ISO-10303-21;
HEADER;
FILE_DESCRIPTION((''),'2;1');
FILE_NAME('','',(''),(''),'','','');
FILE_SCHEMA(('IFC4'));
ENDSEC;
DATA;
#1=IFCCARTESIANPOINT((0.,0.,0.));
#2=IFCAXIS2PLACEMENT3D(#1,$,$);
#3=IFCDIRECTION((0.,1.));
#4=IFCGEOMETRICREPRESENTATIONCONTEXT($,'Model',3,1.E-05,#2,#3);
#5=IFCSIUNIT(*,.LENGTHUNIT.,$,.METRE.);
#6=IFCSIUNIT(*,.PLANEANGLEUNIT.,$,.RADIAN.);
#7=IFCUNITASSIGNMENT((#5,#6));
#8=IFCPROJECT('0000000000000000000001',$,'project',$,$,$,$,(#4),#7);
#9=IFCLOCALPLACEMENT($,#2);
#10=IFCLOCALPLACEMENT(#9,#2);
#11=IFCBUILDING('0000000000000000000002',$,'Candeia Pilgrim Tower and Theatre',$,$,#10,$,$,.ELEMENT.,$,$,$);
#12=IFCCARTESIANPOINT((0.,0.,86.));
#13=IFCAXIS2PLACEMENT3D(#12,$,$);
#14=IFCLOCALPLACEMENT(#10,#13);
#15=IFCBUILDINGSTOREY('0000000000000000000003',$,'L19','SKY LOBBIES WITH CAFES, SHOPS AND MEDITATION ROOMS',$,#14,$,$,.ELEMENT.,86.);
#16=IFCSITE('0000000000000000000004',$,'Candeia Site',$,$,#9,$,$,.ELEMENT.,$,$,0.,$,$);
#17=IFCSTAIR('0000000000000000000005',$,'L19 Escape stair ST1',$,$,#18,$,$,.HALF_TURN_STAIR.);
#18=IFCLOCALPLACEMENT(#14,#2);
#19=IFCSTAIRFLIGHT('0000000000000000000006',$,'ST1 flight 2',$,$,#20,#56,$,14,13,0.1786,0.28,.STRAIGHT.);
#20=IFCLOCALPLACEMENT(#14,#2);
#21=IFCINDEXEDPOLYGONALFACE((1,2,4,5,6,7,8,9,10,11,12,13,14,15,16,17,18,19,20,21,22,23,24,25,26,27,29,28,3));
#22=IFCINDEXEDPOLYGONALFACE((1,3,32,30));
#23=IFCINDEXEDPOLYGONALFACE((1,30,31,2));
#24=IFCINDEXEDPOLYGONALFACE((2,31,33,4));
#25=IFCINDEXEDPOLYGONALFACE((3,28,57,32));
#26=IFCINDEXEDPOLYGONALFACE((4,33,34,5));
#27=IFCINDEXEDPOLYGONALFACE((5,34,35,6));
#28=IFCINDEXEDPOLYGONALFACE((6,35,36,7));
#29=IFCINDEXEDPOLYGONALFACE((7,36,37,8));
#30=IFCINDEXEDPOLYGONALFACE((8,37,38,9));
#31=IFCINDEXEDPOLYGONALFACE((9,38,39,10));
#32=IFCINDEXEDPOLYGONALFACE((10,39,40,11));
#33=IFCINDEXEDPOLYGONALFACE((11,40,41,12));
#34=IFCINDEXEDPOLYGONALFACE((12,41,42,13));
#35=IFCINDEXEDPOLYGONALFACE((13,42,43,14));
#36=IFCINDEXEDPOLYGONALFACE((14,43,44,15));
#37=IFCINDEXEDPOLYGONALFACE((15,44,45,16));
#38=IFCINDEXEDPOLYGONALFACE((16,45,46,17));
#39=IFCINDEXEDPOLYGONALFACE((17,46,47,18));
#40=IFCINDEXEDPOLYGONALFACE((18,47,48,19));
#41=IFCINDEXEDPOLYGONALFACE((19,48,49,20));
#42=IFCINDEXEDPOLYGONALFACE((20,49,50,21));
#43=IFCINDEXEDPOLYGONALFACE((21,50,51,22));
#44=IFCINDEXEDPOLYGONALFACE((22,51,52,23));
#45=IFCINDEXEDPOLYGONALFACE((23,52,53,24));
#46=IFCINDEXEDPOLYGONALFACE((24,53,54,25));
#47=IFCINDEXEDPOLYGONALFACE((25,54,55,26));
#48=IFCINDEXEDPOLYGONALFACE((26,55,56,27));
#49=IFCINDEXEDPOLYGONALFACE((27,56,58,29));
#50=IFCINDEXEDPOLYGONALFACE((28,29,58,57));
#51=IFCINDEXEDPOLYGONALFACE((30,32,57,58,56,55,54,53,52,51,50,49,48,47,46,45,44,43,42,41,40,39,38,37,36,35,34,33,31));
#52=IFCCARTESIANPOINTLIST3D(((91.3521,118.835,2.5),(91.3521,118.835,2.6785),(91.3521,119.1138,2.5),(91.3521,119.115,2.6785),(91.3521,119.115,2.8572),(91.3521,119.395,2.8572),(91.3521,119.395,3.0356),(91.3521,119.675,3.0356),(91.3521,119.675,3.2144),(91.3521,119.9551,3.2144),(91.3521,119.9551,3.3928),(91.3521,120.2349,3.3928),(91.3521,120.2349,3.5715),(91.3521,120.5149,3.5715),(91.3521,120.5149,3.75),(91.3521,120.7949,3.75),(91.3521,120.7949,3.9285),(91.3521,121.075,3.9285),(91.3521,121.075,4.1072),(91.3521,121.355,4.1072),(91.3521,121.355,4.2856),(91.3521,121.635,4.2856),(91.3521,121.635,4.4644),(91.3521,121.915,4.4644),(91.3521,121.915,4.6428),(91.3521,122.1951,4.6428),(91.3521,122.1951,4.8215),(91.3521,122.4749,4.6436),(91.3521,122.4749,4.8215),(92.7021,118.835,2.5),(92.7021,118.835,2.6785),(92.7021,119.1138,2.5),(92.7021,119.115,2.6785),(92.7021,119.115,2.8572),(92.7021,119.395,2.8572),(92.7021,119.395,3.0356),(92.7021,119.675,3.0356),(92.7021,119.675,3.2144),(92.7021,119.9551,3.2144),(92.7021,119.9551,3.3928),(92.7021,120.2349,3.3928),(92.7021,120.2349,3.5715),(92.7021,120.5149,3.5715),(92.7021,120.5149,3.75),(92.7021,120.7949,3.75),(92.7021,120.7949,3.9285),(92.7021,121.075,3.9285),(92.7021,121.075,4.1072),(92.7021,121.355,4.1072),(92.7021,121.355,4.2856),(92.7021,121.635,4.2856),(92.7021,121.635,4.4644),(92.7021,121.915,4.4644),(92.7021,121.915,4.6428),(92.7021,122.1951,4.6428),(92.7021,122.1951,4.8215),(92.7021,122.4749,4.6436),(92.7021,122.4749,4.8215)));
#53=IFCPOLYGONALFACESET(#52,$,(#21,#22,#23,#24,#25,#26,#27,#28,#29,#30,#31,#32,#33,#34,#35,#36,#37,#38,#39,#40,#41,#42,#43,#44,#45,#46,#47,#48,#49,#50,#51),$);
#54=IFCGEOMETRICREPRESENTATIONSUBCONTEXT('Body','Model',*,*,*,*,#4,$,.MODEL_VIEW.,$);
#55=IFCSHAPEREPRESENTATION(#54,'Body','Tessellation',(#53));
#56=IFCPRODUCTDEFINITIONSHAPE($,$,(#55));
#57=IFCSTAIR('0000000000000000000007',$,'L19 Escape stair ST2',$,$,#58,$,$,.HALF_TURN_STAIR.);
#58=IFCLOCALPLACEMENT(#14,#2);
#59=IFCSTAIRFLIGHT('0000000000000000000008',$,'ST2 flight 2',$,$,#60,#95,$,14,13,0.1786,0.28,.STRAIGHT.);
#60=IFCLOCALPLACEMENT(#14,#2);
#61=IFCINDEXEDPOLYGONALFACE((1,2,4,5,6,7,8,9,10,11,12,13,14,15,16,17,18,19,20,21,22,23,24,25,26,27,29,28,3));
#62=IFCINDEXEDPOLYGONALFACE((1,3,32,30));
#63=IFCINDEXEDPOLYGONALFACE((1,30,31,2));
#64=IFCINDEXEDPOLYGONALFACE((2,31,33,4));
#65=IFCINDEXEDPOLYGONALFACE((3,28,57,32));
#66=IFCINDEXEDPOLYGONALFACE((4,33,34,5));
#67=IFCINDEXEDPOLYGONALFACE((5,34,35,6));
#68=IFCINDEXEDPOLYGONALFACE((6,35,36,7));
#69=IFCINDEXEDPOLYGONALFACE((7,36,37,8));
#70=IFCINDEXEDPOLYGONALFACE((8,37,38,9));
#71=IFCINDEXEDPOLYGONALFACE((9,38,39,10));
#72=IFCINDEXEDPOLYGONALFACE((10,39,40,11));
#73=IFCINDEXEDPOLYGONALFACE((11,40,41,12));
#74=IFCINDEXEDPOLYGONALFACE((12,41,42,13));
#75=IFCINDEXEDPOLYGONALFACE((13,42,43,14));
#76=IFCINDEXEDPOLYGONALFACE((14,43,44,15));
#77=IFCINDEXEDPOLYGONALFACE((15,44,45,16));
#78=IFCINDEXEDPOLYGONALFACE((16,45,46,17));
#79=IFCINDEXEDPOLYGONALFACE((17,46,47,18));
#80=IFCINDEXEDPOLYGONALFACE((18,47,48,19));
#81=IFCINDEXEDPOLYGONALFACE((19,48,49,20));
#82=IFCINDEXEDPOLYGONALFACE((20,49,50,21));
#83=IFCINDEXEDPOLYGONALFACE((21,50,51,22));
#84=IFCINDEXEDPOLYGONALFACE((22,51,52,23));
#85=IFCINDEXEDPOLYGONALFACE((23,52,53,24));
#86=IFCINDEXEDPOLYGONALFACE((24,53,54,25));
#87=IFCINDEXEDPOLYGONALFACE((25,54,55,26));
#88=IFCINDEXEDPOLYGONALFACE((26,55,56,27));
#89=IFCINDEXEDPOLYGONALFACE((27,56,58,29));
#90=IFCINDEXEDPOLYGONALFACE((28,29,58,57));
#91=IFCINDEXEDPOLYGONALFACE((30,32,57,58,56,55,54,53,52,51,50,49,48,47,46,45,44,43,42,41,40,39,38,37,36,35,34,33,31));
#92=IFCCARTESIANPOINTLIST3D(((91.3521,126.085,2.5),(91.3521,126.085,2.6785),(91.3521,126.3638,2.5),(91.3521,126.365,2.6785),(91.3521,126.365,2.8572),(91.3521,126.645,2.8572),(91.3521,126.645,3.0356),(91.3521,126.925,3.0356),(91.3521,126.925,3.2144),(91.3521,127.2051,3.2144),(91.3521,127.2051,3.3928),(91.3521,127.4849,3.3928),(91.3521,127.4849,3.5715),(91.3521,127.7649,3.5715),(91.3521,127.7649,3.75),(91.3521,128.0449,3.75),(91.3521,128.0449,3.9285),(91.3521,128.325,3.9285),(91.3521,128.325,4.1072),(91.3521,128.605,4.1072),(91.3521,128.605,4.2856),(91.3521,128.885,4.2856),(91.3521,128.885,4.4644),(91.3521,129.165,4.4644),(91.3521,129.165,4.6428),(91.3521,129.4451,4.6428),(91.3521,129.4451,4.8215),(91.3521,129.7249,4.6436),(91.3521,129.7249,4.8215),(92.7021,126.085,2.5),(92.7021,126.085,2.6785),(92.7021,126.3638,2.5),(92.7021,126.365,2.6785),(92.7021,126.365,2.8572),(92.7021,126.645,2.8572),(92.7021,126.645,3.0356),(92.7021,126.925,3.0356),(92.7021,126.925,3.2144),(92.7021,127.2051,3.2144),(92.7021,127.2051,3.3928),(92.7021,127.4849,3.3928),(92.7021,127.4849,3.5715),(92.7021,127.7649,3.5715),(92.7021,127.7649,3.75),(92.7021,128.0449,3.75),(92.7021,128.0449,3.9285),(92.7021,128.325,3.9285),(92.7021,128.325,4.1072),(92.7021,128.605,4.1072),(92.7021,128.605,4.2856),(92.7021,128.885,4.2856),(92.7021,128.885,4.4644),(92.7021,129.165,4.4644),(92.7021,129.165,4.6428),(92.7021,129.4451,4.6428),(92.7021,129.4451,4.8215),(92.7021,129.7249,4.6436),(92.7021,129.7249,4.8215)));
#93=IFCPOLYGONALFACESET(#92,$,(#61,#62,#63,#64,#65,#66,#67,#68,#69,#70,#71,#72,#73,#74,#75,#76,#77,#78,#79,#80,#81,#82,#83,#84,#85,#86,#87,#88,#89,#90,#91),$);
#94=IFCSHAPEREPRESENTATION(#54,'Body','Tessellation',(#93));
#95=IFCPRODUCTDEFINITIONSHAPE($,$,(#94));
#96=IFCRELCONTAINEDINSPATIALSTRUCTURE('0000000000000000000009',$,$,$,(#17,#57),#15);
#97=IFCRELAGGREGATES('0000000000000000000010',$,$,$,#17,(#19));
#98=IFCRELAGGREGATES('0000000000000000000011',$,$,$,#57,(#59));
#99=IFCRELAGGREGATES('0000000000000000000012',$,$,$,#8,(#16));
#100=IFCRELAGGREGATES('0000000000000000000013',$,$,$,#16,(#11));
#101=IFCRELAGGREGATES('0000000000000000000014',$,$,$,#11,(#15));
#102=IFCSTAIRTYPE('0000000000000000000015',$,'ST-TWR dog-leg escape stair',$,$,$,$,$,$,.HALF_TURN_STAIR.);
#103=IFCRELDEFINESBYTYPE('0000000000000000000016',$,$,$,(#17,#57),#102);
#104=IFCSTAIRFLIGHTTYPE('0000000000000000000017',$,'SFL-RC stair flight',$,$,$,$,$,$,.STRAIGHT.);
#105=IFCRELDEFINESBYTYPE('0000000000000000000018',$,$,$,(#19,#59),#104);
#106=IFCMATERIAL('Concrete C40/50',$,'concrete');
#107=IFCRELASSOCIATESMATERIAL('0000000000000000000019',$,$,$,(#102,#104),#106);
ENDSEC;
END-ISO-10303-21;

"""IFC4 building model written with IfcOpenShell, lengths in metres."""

from ifc_helpers import new_model, si_unit, direction, frame, origin, place, context, subcontext, project, spatial, polyline, outline, extrude, material, type_object, element, aggregate, save


model = new_model("IFC4")

# Units and contexts
model_context = context("Model", 3, precision=1e-05, world=origin(), true_north=direction((0.0, 1.0)))
body_context = subcontext(model_context, "Body", "Model", "MODEL_VIEW")
ifc_project = project(units=[si_unit("LENGTHUNIT", "METRE"), si_unit("PLANEANGLEUNIT", "RADIAN")], contexts=[model_context])

# Site, building, storey
site_placement = place(None, origin())
site = spatial("IfcSite", under=ifc_project, at=site_placement, Name="Candeia Site", CompositionType="ELEMENT", RefElevation=0.0)
building_placement = place(site_placement, origin())
building = spatial("IfcBuilding", under=site, at=building_placement, Name="Candeia Pilgrim Tower and Theatre", CompositionType="ELEMENT")
storey_placement = place(building_placement, frame((0.0, 0.0, 86.0)))
storey = spatial("IfcBuildingStorey", under=building, at=storey_placement, Name="L19", Description="SKY LOBBIES WITH CAFES, SHOPS AND MEDITATION ROOMS", CompositionType="ELEMENT", Elevation=86.0)

# Shared definitions
ifc_material_1 = material(Name="Concrete C40/50", Category="concrete")

# Stairs, stair flights
stair_type = type_object("IfcStairType", Name="ST-TWR dog-leg escape stair", PredefinedType="HALF_TURN_STAIR", material=ifc_material_1)
stair_1_placement = place(storey_placement, origin())
stair_1 = element("IfcStair", 1, at=stair_1_placement, inside=storey, type_object=stair_type, Name="L19 Escape stair ST1", PredefinedType="HALF_TURN_STAIR")
stair_flight_type = type_object("IfcStairFlightType", Name="SFL-RC stair flight", PredefinedType="STRAIGHT", material=ifc_material_1)
stair_flight_1_placement = place(storey_placement, frame((92.0271, 118.835, 2.5), z_axis=(0.0, 0.0, 1.0), x_axis=(0.0, 1.0, 0.0)))
stair_flight_1 = element("IfcStairFlight", 2, at=stair_flight_1_placement, type_object=stair_flight_type, Name="ST1 flight 2", NumberOfRisers=14, NumberOfTreads=13, PredefinedType="STRAIGHT", RiserHeight=0.1786, TreadLength=0.28, context=body_context, shape_type="SweptSolid", body=[
    extrude(outline(polyline([(0.0, 0.0), (0.0, 0.1785), (0.28, 0.1785), (0.28, 0.3572), (0.5601, 0.3572), (0.5601, 0.5356), (0.8401, 0.5356), (0.8401, 0.7144), (1.1201, 0.7144), (1.1201, 0.8928), (1.3999, 0.8928), (1.3999, 1.0715), (1.6799, 1.0715), (1.6799, 1.25), (1.96, 1.25), (1.96, 1.4285), (2.24, 1.4285), (2.24, 1.6072), (2.52, 1.6072), (2.52, 1.7856), (2.8, 1.7856), (2.8, 1.9644), (3.0801, 1.9644), (3.0801, 2.1428), (3.3601, 2.1428), (3.3601, 2.3215), (3.6399, 2.3215), (3.6399, 2.5), (3.6399, 2.1436), (0.2788, 0.0), (0.0, 0.0)])), frame((0.0, 0.675, 0.0), z_axis=(0.0, -1.0, 0.0), x_axis=(1.0, 0.0, 0.0)), (0.0, 0.0, 1.0), 1.3501),
])
aggregate(stair_1, [stair_flight_1])
stair_2_placement = place(storey_placement, origin())
stair_2 = element("IfcStair", 3, at=stair_2_placement, inside=storey, type_object=stair_type, Name="L19 Escape stair ST2", PredefinedType="HALF_TURN_STAIR")
stair_flight_2_placement = place(storey_placement, frame((92.0271, 126.085, 2.5), z_axis=(0.0, 0.0, 1.0), x_axis=(0.0, 1.0, 0.0)))
stair_flight_2 = element("IfcStairFlight", 4, at=stair_flight_2_placement, type_object=stair_flight_type, Name="ST2 flight 2", NumberOfRisers=14, NumberOfTreads=13, PredefinedType="STRAIGHT", RiserHeight=0.1786, TreadLength=0.28, context=body_context, shape_type="SweptSolid", body=[
    extrude(outline(polyline([(0.0, 0.0), (0.0, 0.1785), (0.28, 0.1785), (0.28, 0.3572), (0.5601, 0.3572), (0.5601, 0.5356), (0.8401, 0.5356), (0.8401, 0.7144), (1.1201, 0.7144), (1.1201, 0.8928), (1.3999, 0.8928), (1.3999, 1.0715), (1.6799, 1.0715), (1.6799, 1.25), (1.96, 1.25), (1.96, 1.4285), (2.24, 1.4285), (2.24, 1.6072), (2.52, 1.6072), (2.52, 1.7856), (2.8, 1.7856), (2.8, 1.9644), (3.0801, 1.9644), (3.0801, 2.1428), (3.3601, 2.1428), (3.3601, 2.3215), (3.6399, 2.3215), (3.6399, 2.5), (3.6399, 2.1436), (0.2788, 0.0), (0.0, 0.0)])), frame((0.0, 0.675, 0.0), z_axis=(0.0, -1.0, 0.0), x_axis=(1.0, 0.0, 0.0)), (0.0, 0.0, 1.0), 1.3501),
])
aggregate(stair_2, [stair_flight_2])

save(model, "model.ifc")
